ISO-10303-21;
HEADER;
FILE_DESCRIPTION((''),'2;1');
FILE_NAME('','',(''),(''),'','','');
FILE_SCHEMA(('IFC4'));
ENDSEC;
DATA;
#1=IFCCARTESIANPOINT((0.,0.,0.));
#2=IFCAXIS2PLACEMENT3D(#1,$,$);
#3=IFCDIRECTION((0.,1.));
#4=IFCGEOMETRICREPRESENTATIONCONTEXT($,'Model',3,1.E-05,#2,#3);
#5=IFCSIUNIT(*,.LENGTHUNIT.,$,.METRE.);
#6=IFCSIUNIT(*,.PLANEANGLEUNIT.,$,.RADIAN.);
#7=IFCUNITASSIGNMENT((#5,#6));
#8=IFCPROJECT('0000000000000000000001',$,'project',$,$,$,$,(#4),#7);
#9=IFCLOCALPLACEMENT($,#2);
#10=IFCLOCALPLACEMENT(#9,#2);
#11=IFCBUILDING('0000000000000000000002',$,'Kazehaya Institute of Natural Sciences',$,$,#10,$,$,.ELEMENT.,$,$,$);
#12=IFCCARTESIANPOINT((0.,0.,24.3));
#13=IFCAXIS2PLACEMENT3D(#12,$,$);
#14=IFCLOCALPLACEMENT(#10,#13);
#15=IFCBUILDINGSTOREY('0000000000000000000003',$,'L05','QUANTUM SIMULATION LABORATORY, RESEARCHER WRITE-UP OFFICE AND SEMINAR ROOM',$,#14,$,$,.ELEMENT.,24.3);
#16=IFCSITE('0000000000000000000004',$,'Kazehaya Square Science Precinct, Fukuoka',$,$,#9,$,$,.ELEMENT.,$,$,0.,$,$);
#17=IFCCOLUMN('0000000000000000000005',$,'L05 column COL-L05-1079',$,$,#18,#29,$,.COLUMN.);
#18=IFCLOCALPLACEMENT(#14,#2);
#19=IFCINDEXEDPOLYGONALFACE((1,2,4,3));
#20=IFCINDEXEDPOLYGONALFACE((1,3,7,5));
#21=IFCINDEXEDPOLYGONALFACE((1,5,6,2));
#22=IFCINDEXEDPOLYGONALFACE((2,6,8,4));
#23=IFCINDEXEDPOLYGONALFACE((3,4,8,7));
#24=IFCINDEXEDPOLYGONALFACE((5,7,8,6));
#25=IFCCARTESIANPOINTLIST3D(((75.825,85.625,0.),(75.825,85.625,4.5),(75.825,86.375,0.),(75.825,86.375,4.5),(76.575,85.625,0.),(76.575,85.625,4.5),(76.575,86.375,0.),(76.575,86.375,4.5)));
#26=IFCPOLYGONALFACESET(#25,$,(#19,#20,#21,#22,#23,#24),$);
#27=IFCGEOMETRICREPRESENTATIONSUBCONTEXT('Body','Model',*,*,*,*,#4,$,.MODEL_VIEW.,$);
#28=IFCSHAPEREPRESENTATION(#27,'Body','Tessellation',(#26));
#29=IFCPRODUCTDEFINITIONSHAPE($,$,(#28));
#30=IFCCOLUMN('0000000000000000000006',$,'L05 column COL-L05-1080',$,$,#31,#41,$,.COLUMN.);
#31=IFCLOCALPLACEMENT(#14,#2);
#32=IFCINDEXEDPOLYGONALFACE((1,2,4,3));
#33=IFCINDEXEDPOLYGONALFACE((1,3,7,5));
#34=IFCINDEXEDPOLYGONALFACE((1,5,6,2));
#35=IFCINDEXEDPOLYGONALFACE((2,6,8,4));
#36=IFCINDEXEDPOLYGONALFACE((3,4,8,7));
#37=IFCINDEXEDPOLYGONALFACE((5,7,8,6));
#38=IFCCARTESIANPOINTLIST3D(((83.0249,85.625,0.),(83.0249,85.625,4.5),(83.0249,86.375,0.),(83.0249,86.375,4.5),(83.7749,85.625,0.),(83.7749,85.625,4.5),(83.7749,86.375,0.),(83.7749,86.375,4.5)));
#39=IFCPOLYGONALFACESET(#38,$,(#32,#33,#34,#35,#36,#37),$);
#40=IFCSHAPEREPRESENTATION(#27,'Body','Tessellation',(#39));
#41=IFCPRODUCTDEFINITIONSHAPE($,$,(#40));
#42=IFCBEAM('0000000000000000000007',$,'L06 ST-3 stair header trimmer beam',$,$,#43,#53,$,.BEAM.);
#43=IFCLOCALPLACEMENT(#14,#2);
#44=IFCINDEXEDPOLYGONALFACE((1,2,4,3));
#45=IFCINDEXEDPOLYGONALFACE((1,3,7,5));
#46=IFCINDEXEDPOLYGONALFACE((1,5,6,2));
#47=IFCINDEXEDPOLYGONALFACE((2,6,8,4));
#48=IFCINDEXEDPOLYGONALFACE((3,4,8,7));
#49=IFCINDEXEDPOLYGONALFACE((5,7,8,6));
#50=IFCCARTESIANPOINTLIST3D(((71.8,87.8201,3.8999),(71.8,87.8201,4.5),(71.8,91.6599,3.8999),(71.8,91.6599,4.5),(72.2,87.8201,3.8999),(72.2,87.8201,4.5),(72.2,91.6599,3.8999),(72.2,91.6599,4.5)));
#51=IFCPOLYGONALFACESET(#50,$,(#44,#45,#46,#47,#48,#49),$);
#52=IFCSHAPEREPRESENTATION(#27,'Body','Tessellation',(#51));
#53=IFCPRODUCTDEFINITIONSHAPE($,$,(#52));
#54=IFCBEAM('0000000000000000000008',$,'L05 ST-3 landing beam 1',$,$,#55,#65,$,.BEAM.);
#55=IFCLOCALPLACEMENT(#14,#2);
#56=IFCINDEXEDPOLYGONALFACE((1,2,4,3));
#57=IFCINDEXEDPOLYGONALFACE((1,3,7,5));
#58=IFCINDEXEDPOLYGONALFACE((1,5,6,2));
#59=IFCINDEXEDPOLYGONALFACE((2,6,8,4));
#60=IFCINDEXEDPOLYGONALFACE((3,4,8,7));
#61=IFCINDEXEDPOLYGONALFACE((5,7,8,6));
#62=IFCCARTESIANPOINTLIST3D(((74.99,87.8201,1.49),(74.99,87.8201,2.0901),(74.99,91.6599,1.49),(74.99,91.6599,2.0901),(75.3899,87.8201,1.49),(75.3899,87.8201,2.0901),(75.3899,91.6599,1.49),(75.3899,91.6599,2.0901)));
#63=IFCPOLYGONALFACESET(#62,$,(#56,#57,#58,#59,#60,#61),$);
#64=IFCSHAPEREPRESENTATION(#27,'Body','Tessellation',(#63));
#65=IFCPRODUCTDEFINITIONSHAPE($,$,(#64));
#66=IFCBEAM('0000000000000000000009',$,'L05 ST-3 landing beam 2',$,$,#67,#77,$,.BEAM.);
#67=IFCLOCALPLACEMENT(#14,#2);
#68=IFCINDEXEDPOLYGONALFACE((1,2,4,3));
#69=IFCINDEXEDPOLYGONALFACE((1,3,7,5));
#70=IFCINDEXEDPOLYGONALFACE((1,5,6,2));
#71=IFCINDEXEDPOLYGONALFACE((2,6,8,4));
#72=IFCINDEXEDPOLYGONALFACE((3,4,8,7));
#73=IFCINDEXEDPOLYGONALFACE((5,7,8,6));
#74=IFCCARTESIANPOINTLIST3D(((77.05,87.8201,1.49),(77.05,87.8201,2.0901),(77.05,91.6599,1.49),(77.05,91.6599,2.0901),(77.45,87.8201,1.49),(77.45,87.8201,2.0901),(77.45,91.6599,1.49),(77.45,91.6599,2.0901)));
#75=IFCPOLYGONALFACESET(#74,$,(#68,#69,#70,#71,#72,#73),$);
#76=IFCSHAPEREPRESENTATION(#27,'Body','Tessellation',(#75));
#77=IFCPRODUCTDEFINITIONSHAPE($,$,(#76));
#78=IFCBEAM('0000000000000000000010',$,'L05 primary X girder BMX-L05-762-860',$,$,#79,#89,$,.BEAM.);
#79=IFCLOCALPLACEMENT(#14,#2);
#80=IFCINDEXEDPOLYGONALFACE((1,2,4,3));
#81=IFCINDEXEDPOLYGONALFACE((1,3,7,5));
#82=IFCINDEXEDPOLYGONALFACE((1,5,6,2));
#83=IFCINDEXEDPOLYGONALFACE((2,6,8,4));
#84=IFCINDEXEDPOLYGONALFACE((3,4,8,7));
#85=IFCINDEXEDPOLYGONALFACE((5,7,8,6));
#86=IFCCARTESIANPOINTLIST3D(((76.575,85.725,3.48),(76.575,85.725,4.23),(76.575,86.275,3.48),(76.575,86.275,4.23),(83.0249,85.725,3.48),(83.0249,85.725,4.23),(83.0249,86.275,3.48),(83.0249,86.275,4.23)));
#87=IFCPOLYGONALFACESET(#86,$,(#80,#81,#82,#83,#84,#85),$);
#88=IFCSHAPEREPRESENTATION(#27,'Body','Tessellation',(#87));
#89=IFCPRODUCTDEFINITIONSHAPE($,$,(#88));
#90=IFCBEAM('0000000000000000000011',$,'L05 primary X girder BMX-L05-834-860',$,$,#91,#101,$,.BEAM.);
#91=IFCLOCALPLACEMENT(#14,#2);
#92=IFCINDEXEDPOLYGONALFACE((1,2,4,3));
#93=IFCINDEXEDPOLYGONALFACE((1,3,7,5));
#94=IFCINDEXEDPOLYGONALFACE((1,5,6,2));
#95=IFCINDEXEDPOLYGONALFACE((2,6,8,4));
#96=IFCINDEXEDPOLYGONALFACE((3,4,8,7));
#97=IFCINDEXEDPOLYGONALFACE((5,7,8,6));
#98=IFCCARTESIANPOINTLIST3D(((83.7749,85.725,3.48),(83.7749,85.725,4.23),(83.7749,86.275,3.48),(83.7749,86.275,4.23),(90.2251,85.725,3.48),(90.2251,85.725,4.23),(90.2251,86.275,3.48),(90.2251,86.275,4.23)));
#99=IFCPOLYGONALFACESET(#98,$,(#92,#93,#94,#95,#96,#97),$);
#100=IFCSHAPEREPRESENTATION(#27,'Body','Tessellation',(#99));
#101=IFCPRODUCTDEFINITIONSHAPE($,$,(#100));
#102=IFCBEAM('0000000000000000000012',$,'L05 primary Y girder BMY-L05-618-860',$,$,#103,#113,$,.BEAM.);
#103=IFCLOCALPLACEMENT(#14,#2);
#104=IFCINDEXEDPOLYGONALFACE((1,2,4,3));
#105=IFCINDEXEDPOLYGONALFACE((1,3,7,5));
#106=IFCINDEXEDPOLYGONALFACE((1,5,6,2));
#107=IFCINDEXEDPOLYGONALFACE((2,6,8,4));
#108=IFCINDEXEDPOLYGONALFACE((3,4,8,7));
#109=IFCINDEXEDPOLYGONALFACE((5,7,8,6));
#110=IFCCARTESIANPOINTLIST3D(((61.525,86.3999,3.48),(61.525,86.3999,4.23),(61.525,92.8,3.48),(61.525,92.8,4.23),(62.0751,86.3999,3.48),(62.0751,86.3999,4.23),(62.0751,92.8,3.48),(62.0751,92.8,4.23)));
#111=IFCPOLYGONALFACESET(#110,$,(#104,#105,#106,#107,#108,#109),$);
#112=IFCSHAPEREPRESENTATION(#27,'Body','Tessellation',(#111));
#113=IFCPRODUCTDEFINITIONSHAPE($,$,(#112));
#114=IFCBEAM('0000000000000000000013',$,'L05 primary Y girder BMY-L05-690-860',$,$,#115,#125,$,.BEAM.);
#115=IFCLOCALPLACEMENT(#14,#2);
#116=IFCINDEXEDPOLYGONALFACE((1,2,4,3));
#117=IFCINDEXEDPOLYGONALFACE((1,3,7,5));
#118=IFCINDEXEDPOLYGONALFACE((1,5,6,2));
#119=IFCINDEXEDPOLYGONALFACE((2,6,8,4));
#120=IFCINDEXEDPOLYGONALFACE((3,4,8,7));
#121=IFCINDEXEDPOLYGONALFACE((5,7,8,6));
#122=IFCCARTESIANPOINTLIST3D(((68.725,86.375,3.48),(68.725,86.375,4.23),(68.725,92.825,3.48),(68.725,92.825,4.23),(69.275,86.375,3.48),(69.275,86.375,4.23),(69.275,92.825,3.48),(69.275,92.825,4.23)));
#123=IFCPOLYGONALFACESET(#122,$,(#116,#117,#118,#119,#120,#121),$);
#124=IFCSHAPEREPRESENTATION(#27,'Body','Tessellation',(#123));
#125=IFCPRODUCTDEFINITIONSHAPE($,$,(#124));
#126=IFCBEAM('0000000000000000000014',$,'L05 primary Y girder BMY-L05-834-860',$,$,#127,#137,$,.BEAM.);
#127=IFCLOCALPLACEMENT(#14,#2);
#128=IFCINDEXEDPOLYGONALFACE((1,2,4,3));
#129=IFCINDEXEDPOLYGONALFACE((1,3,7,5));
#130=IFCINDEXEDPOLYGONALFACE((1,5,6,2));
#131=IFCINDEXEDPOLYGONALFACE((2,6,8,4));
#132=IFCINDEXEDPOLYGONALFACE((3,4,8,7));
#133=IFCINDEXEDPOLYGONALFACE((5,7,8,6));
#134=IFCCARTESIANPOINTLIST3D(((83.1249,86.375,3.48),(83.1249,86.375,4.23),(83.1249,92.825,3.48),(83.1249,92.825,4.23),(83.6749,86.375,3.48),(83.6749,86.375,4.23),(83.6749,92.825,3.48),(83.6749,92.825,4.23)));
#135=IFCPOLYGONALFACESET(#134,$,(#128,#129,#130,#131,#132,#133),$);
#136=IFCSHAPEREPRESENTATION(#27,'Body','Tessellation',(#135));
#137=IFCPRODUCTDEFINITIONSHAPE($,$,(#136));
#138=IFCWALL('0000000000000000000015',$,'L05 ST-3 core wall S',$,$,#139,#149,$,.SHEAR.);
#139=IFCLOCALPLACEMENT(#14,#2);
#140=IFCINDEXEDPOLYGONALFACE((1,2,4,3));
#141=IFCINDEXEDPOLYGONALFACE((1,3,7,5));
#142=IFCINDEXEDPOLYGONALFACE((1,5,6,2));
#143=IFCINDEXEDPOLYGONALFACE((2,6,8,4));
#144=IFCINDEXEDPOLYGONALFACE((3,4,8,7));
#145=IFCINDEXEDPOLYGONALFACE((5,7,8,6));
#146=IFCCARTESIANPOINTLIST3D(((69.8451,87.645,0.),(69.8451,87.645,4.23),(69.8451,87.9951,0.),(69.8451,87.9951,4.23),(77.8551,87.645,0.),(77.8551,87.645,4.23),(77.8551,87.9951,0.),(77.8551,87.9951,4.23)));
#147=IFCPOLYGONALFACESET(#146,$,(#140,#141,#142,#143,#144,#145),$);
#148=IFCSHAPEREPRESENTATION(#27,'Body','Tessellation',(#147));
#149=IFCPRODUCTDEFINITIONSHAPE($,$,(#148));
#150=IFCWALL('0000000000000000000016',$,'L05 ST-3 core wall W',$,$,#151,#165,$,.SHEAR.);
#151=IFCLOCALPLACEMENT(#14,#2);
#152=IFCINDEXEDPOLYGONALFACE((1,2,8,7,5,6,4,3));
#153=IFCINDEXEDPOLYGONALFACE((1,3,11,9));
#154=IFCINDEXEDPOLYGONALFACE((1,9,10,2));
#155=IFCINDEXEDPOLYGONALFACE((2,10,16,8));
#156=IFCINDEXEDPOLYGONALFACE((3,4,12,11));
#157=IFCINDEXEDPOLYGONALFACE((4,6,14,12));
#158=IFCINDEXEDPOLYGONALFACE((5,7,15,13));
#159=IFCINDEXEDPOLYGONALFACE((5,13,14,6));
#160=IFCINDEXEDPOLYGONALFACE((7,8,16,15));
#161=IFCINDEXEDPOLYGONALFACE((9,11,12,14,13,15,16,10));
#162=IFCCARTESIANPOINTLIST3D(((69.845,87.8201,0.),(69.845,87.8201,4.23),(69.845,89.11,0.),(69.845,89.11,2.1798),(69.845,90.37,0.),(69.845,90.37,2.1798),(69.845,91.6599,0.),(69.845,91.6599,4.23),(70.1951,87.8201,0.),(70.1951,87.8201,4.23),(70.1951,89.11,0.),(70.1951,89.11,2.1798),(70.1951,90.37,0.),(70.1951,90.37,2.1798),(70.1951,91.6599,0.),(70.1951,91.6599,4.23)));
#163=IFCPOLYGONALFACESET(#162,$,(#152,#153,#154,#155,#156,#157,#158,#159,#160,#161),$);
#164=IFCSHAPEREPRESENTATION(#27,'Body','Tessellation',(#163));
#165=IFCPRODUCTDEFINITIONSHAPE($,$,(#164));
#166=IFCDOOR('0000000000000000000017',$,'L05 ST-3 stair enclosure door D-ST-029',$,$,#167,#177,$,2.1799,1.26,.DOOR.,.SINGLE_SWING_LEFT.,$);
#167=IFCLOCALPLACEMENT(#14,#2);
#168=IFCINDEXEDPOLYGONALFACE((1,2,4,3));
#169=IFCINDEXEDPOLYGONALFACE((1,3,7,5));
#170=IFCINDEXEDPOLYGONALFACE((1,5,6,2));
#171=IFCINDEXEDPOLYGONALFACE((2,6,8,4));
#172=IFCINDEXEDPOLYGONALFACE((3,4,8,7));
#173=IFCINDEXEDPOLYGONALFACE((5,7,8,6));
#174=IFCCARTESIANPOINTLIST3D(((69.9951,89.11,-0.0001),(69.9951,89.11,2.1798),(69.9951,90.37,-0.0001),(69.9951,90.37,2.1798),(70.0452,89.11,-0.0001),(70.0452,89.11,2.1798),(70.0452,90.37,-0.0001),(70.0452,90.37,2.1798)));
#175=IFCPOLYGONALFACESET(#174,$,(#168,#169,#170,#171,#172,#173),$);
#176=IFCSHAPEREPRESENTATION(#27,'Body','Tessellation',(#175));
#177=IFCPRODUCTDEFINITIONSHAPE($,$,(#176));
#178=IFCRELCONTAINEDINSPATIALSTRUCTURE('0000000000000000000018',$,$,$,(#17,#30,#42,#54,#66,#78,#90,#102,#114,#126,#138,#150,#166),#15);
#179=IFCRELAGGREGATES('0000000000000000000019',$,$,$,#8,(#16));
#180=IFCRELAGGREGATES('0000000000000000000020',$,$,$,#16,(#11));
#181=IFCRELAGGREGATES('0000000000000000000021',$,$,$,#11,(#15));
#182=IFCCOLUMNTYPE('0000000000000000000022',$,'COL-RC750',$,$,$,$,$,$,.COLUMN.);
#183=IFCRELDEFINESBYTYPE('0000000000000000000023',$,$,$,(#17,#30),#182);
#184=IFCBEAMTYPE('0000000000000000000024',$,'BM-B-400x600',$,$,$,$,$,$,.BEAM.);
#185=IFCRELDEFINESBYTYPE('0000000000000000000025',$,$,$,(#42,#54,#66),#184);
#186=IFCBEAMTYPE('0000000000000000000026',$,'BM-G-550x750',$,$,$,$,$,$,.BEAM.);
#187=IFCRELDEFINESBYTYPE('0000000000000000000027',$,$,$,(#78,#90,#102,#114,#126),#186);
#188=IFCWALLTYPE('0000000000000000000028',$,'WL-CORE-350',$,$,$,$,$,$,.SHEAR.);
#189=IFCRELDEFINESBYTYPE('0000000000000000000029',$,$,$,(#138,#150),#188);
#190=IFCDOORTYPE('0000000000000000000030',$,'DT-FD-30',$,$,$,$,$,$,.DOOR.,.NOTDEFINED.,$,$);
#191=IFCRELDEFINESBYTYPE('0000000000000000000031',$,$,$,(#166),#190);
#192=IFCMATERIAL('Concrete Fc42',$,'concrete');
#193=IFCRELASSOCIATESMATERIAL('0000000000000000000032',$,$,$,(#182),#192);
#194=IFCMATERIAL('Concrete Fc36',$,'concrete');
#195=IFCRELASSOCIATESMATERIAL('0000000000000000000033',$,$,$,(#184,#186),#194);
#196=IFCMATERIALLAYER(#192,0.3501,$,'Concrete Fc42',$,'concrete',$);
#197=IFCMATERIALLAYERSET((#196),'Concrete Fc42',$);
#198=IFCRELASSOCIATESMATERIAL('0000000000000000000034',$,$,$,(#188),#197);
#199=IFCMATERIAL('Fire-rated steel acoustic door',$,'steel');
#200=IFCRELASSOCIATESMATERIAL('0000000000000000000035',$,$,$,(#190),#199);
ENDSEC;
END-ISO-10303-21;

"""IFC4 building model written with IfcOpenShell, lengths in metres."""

from ifc_helpers import new_model, si_unit, direction, frame, frame_2d, origin, origin_2d, place, context, subcontext, project, spatial, rectangle, extrude, material, layer, layer_set, material_profile, profile_set, type_object, element, fill, save


model = new_model("IFC4")

# Units and contexts
model_context = context("Model", 3, precision=1e-05, world=origin(), true_north=direction((0.0, 1.0)))
body_context = subcontext(model_context, "Body", "Model", "MODEL_VIEW")
ifc_project = project(units=[si_unit("LENGTHUNIT", "METRE"), si_unit("PLANEANGLEUNIT", "RADIAN")], contexts=[model_context])

# Site, building, storey
site_placement = place(None, origin())
site = spatial("IfcSite", under=ifc_project, at=site_placement, Name="Kazehaya Square Science Precinct, Fukuoka", CompositionType="ELEMENT", RefElevation=0.0)
building_placement = place(site_placement, origin())
building = spatial("IfcBuilding", under=site, at=building_placement, Name="Kazehaya Institute of Natural Sciences", CompositionType="ELEMENT")
storey_placement = place(building_placement, frame((0.0, 0.0, 24.3)))
storey = spatial("IfcBuildingStorey", under=building, at=storey_placement, Name="L05", Description="QUANTUM SIMULATION LABORATORY, RESEARCHER WRITE-UP OFFICE AND SEMINAR ROOM", CompositionType="ELEMENT", Elevation=24.3)

# Columns
ifc_material_1 = material(Name="Concrete Fc42", Category="concrete")
ifc_material_profile_1 = material_profile(ifc_material_1, rectangle(XDim=0.75, YDim=0.75, at=origin_2d()), Name="RC-750x750")
ifc_profile_set_1 = profile_set([ifc_material_profile_1], Name="Concrete Fc42")
column_type = type_object("IfcColumnType", Name="COL-RC750", PredefinedType="COLUMN", material=ifc_profile_set_1)
for number, where, z_axis, x_axis, name in (
    (1, (76.2, 86.0, 0.0), (0.0, 0.0, 1.0), (1.0, 0.0, 0.0), "L05 column COL-L05-1079"),
    (2, (83.3999, 86.0, 0.0), (0.0, 0.0, 1.0), (1.0, 0.0, 0.0), "L05 column COL-L05-1080"),
):
    element("IfcColumn", number, at=place(storey_placement, frame(where, z_axis=z_axis, x_axis=x_axis)), inside=storey, type_object=column_type, Name=name, PredefinedType="COLUMN", context=body_context, shape_type="SweptSolid", body=[
        extrude(rectangle(XDim=0.75, YDim=0.75, at=origin_2d()), origin(), (0.0, 0.0, 1.0), 4.5),
    ])

# Beams
ifc_material_2 = material(Name="Concrete Fc36", Category="concrete")
ifc_material_profile_2 = material_profile(ifc_material_2, rectangle(XDim=0.3999, YDim=0.6001, at=origin_2d()), Name="RC-400x600")
ifc_profile_set_2 = profile_set([ifc_material_profile_2], Name="Concrete Fc36")
beam_type_1 = type_object("IfcBeamType", Name="BM-B-400x600", PredefinedType="BEAM", material=ifc_profile_set_2)
for number, where, z_axis, x_axis, name in (
    (3, (72.0, 87.8201, 4.2), (0.0, 1.0, 0.0), (-1.0, 0.0, 0.0), "L06 ST-3 stair header trimmer beam"),
    (4, (75.1899, 87.8201, 1.79), (0.0, 1.0, 0.0), (-1.0, 0.0, 0.0), "L05 ST-3 landing beam 1"),
    (5, (77.25, 87.8201, 1.79), (0.0, 1.0, 0.0), (-1.0, 0.0, 0.0), "L05 ST-3 landing beam 2"),
):
    element("IfcBeam", number, at=place(storey_placement, frame(where, z_axis=z_axis, x_axis=x_axis)), inside=storey, type_object=beam_type_1, Name=name, PredefinedType="BEAM", context=body_context, shape_type="SweptSolid", body=[
        extrude(rectangle(XDim=0.3999, YDim=0.6001, at=origin_2d()), origin(), (0.0, 0.0, 1.0), 3.8398),
    ])
ifc_material_profile_3 = material_profile(ifc_material_2, rectangle(XDim=0.55, YDim=0.75, at=origin_2d()), Name="RC-550x750")
ifc_profile_set_3 = profile_set([ifc_material_profile_3], Name="Concrete Fc36")
beam_type_2 = type_object("IfcBeamType", Name="BM-G-550x750", PredefinedType="BEAM", material=ifc_profile_set_3)
beam_1_placement = place(storey_placement, frame((76.575, 86.0, 3.855), z_axis=(1.0, 0.0, 0.0), x_axis=(0.0, 1.0, 0.0)))
element("IfcBeam", 6, at=beam_1_placement, inside=storey, type_object=beam_type_2, Name="L05 primary X girder BMX-L05-762-860", PredefinedType="BEAM", context=body_context, shape_type="SweptSolid", body=[
    extrude(rectangle(XDim=0.55, YDim=0.75, at=origin_2d()), origin(), (0.0, 0.0, 1.0), 6.45),
])
beam_2_placement = place(storey_placement, frame((83.7749, 86.0, 3.855), z_axis=(1.0, 0.0, 0.0), x_axis=(0.0, 1.0, 0.0)))
element("IfcBeam", 7, at=beam_2_placement, inside=storey, type_object=beam_type_2, Name="L05 primary X girder BMX-L05-834-860", PredefinedType="BEAM", context=body_context, shape_type="SweptSolid", body=[
    extrude(rectangle(XDim=0.55, YDim=0.75, at=origin_2d()), origin(), (0.0, 0.0, 1.0), 6.4502),
])
beam_3_placement = place(storey_placement, frame((61.8, 86.3999, 3.855), z_axis=(0.0, 1.0, 0.0), x_axis=(-1.0, 0.0, 0.0)))
element("IfcBeam", 8, at=beam_3_placement, inside=storey, type_object=beam_type_2, Name="L05 primary Y girder BMY-L05-618-860", PredefinedType="BEAM", context=body_context, shape_type="SweptSolid", body=[
    extrude(rectangle(XDim=0.55, YDim=0.75, at=origin_2d()), origin(), (0.0, 0.0, 1.0), 6.4001),
])
for number, where, z_axis, x_axis, name in (
    (9, (69.0, 86.375, 3.855), (0.0, 1.0, 0.0), (-1.0, 0.0, 0.0), "L05 primary Y girder BMY-L05-690-860"),
    (10, (83.3999, 86.375, 3.855), (0.0, 1.0, 0.0), (-1.0, 0.0, 0.0), "L05 primary Y girder BMY-L05-834-860"),
):
    element("IfcBeam", number, at=place(storey_placement, frame(where, z_axis=z_axis, x_axis=x_axis)), inside=storey, type_object=beam_type_2, Name=name, PredefinedType="BEAM", context=body_context, shape_type="SweptSolid", body=[
        extrude(rectangle(XDim=0.55, YDim=0.75, at=origin_2d()), origin(), (0.0, 0.0, 1.0), 6.45),
    ])

# Wall
ifc_layer_1 = layer(ifc_material_1, 0.3501, Name="Concrete Fc42", Category="concrete")
ifc_layer_set_1 = layer_set([ifc_layer_1], Name="Concrete Fc42")
wall_type_1 = type_object("IfcWallType", Name="WL-CORE-350", PredefinedType="SHEAR", material=ifc_layer_set_1)
wall_1_placement = place(storey_placement, frame((77.855, 87.8201, 0.0), z_axis=(0.0, 0.0, 1.0), x_axis=(-1.0, 0.0, 0.0)))
element("IfcWall", 11, at=wall_1_placement, inside=storey, type_object=wall_type_1, Name="L05 ST-3 core wall S", PredefinedType="SHEAR", context=body_context, shape_type="SweptSolid", body=[
    extrude(rectangle(XDim=8.01, YDim=0.3501, at=frame_2d((4.0049, 0.0))), origin(), (0.0, 0.0, 1.0), 4.23),
])

# Wall, opening, door
wall_2_placement = place(storey_placement, frame((70.02, 87.8201, 0.0), z_axis=(0.0, 0.0, 1.0), x_axis=(0.0, 1.0, 0.0)))
wall_2 = element("IfcWall", 12, at=wall_2_placement, inside=storey, type_object=wall_type_1, Name="L05 ST-3 core wall W", PredefinedType="SHEAR", context=body_context, shape_type="SweptSolid", body=[
    extrude(rectangle(XDim=3.8398, YDim=0.3501, at=frame_2d((1.9199, 0.0))), origin(), (0.0, 0.0, 1.0), 4.23),
])
opening_1_placement = place(wall_2_placement, frame((1.29, 0.0, 0.0)))
opening_1 = element("IfcOpeningElement", 13, at=opening_1_placement, cuts=wall_2, PredefinedType="OPENING", context=body_context, shape_type="SweptSolid", body=[
    extrude(rectangle(XDim=1.26, YDim=2.1799, at=frame_2d((0.6299, 1.0898))), frame((0.0, 0.1851, 0.0), z_axis=(0.0, -1.0, 0.0), x_axis=(1.0, 0.0, 0.0)), (0.0, 0.0, 1.0), 0.3701),
])
ifc_material_3 = material(Name="Fire-rated steel acoustic door", Category="steel")
door_type = type_object("IfcDoorType", Name="DT-FD-30", OperationType="NOTDEFINED", PredefinedType="DOOR", material=ifc_material_3)
door_placement = place(opening_1_placement, origin())
door = element("IfcDoor", 14, at=door_placement, inside=storey, type_object=door_type, Name="L05 ST-3 stair enclosure door D-ST-029", OperationType="SINGLE_SWING_LEFT", OverallHeight=2.1799, OverallWidth=1.26, PredefinedType="DOOR", context=body_context, shape_type="SweptSolid", body=[
    extrude(rectangle(XDim=1.26, YDim=2.1799, at=frame_2d((0.6299, 1.0898))), frame((0.0, 0.0249, 0.0), z_axis=(0.0, -1.0, 0.0), x_axis=(1.0, 0.0, 0.0)), (0.0, 0.0, 1.0), 0.05),
])
fill(opening_1, door)

save(model, "model.ifc")
